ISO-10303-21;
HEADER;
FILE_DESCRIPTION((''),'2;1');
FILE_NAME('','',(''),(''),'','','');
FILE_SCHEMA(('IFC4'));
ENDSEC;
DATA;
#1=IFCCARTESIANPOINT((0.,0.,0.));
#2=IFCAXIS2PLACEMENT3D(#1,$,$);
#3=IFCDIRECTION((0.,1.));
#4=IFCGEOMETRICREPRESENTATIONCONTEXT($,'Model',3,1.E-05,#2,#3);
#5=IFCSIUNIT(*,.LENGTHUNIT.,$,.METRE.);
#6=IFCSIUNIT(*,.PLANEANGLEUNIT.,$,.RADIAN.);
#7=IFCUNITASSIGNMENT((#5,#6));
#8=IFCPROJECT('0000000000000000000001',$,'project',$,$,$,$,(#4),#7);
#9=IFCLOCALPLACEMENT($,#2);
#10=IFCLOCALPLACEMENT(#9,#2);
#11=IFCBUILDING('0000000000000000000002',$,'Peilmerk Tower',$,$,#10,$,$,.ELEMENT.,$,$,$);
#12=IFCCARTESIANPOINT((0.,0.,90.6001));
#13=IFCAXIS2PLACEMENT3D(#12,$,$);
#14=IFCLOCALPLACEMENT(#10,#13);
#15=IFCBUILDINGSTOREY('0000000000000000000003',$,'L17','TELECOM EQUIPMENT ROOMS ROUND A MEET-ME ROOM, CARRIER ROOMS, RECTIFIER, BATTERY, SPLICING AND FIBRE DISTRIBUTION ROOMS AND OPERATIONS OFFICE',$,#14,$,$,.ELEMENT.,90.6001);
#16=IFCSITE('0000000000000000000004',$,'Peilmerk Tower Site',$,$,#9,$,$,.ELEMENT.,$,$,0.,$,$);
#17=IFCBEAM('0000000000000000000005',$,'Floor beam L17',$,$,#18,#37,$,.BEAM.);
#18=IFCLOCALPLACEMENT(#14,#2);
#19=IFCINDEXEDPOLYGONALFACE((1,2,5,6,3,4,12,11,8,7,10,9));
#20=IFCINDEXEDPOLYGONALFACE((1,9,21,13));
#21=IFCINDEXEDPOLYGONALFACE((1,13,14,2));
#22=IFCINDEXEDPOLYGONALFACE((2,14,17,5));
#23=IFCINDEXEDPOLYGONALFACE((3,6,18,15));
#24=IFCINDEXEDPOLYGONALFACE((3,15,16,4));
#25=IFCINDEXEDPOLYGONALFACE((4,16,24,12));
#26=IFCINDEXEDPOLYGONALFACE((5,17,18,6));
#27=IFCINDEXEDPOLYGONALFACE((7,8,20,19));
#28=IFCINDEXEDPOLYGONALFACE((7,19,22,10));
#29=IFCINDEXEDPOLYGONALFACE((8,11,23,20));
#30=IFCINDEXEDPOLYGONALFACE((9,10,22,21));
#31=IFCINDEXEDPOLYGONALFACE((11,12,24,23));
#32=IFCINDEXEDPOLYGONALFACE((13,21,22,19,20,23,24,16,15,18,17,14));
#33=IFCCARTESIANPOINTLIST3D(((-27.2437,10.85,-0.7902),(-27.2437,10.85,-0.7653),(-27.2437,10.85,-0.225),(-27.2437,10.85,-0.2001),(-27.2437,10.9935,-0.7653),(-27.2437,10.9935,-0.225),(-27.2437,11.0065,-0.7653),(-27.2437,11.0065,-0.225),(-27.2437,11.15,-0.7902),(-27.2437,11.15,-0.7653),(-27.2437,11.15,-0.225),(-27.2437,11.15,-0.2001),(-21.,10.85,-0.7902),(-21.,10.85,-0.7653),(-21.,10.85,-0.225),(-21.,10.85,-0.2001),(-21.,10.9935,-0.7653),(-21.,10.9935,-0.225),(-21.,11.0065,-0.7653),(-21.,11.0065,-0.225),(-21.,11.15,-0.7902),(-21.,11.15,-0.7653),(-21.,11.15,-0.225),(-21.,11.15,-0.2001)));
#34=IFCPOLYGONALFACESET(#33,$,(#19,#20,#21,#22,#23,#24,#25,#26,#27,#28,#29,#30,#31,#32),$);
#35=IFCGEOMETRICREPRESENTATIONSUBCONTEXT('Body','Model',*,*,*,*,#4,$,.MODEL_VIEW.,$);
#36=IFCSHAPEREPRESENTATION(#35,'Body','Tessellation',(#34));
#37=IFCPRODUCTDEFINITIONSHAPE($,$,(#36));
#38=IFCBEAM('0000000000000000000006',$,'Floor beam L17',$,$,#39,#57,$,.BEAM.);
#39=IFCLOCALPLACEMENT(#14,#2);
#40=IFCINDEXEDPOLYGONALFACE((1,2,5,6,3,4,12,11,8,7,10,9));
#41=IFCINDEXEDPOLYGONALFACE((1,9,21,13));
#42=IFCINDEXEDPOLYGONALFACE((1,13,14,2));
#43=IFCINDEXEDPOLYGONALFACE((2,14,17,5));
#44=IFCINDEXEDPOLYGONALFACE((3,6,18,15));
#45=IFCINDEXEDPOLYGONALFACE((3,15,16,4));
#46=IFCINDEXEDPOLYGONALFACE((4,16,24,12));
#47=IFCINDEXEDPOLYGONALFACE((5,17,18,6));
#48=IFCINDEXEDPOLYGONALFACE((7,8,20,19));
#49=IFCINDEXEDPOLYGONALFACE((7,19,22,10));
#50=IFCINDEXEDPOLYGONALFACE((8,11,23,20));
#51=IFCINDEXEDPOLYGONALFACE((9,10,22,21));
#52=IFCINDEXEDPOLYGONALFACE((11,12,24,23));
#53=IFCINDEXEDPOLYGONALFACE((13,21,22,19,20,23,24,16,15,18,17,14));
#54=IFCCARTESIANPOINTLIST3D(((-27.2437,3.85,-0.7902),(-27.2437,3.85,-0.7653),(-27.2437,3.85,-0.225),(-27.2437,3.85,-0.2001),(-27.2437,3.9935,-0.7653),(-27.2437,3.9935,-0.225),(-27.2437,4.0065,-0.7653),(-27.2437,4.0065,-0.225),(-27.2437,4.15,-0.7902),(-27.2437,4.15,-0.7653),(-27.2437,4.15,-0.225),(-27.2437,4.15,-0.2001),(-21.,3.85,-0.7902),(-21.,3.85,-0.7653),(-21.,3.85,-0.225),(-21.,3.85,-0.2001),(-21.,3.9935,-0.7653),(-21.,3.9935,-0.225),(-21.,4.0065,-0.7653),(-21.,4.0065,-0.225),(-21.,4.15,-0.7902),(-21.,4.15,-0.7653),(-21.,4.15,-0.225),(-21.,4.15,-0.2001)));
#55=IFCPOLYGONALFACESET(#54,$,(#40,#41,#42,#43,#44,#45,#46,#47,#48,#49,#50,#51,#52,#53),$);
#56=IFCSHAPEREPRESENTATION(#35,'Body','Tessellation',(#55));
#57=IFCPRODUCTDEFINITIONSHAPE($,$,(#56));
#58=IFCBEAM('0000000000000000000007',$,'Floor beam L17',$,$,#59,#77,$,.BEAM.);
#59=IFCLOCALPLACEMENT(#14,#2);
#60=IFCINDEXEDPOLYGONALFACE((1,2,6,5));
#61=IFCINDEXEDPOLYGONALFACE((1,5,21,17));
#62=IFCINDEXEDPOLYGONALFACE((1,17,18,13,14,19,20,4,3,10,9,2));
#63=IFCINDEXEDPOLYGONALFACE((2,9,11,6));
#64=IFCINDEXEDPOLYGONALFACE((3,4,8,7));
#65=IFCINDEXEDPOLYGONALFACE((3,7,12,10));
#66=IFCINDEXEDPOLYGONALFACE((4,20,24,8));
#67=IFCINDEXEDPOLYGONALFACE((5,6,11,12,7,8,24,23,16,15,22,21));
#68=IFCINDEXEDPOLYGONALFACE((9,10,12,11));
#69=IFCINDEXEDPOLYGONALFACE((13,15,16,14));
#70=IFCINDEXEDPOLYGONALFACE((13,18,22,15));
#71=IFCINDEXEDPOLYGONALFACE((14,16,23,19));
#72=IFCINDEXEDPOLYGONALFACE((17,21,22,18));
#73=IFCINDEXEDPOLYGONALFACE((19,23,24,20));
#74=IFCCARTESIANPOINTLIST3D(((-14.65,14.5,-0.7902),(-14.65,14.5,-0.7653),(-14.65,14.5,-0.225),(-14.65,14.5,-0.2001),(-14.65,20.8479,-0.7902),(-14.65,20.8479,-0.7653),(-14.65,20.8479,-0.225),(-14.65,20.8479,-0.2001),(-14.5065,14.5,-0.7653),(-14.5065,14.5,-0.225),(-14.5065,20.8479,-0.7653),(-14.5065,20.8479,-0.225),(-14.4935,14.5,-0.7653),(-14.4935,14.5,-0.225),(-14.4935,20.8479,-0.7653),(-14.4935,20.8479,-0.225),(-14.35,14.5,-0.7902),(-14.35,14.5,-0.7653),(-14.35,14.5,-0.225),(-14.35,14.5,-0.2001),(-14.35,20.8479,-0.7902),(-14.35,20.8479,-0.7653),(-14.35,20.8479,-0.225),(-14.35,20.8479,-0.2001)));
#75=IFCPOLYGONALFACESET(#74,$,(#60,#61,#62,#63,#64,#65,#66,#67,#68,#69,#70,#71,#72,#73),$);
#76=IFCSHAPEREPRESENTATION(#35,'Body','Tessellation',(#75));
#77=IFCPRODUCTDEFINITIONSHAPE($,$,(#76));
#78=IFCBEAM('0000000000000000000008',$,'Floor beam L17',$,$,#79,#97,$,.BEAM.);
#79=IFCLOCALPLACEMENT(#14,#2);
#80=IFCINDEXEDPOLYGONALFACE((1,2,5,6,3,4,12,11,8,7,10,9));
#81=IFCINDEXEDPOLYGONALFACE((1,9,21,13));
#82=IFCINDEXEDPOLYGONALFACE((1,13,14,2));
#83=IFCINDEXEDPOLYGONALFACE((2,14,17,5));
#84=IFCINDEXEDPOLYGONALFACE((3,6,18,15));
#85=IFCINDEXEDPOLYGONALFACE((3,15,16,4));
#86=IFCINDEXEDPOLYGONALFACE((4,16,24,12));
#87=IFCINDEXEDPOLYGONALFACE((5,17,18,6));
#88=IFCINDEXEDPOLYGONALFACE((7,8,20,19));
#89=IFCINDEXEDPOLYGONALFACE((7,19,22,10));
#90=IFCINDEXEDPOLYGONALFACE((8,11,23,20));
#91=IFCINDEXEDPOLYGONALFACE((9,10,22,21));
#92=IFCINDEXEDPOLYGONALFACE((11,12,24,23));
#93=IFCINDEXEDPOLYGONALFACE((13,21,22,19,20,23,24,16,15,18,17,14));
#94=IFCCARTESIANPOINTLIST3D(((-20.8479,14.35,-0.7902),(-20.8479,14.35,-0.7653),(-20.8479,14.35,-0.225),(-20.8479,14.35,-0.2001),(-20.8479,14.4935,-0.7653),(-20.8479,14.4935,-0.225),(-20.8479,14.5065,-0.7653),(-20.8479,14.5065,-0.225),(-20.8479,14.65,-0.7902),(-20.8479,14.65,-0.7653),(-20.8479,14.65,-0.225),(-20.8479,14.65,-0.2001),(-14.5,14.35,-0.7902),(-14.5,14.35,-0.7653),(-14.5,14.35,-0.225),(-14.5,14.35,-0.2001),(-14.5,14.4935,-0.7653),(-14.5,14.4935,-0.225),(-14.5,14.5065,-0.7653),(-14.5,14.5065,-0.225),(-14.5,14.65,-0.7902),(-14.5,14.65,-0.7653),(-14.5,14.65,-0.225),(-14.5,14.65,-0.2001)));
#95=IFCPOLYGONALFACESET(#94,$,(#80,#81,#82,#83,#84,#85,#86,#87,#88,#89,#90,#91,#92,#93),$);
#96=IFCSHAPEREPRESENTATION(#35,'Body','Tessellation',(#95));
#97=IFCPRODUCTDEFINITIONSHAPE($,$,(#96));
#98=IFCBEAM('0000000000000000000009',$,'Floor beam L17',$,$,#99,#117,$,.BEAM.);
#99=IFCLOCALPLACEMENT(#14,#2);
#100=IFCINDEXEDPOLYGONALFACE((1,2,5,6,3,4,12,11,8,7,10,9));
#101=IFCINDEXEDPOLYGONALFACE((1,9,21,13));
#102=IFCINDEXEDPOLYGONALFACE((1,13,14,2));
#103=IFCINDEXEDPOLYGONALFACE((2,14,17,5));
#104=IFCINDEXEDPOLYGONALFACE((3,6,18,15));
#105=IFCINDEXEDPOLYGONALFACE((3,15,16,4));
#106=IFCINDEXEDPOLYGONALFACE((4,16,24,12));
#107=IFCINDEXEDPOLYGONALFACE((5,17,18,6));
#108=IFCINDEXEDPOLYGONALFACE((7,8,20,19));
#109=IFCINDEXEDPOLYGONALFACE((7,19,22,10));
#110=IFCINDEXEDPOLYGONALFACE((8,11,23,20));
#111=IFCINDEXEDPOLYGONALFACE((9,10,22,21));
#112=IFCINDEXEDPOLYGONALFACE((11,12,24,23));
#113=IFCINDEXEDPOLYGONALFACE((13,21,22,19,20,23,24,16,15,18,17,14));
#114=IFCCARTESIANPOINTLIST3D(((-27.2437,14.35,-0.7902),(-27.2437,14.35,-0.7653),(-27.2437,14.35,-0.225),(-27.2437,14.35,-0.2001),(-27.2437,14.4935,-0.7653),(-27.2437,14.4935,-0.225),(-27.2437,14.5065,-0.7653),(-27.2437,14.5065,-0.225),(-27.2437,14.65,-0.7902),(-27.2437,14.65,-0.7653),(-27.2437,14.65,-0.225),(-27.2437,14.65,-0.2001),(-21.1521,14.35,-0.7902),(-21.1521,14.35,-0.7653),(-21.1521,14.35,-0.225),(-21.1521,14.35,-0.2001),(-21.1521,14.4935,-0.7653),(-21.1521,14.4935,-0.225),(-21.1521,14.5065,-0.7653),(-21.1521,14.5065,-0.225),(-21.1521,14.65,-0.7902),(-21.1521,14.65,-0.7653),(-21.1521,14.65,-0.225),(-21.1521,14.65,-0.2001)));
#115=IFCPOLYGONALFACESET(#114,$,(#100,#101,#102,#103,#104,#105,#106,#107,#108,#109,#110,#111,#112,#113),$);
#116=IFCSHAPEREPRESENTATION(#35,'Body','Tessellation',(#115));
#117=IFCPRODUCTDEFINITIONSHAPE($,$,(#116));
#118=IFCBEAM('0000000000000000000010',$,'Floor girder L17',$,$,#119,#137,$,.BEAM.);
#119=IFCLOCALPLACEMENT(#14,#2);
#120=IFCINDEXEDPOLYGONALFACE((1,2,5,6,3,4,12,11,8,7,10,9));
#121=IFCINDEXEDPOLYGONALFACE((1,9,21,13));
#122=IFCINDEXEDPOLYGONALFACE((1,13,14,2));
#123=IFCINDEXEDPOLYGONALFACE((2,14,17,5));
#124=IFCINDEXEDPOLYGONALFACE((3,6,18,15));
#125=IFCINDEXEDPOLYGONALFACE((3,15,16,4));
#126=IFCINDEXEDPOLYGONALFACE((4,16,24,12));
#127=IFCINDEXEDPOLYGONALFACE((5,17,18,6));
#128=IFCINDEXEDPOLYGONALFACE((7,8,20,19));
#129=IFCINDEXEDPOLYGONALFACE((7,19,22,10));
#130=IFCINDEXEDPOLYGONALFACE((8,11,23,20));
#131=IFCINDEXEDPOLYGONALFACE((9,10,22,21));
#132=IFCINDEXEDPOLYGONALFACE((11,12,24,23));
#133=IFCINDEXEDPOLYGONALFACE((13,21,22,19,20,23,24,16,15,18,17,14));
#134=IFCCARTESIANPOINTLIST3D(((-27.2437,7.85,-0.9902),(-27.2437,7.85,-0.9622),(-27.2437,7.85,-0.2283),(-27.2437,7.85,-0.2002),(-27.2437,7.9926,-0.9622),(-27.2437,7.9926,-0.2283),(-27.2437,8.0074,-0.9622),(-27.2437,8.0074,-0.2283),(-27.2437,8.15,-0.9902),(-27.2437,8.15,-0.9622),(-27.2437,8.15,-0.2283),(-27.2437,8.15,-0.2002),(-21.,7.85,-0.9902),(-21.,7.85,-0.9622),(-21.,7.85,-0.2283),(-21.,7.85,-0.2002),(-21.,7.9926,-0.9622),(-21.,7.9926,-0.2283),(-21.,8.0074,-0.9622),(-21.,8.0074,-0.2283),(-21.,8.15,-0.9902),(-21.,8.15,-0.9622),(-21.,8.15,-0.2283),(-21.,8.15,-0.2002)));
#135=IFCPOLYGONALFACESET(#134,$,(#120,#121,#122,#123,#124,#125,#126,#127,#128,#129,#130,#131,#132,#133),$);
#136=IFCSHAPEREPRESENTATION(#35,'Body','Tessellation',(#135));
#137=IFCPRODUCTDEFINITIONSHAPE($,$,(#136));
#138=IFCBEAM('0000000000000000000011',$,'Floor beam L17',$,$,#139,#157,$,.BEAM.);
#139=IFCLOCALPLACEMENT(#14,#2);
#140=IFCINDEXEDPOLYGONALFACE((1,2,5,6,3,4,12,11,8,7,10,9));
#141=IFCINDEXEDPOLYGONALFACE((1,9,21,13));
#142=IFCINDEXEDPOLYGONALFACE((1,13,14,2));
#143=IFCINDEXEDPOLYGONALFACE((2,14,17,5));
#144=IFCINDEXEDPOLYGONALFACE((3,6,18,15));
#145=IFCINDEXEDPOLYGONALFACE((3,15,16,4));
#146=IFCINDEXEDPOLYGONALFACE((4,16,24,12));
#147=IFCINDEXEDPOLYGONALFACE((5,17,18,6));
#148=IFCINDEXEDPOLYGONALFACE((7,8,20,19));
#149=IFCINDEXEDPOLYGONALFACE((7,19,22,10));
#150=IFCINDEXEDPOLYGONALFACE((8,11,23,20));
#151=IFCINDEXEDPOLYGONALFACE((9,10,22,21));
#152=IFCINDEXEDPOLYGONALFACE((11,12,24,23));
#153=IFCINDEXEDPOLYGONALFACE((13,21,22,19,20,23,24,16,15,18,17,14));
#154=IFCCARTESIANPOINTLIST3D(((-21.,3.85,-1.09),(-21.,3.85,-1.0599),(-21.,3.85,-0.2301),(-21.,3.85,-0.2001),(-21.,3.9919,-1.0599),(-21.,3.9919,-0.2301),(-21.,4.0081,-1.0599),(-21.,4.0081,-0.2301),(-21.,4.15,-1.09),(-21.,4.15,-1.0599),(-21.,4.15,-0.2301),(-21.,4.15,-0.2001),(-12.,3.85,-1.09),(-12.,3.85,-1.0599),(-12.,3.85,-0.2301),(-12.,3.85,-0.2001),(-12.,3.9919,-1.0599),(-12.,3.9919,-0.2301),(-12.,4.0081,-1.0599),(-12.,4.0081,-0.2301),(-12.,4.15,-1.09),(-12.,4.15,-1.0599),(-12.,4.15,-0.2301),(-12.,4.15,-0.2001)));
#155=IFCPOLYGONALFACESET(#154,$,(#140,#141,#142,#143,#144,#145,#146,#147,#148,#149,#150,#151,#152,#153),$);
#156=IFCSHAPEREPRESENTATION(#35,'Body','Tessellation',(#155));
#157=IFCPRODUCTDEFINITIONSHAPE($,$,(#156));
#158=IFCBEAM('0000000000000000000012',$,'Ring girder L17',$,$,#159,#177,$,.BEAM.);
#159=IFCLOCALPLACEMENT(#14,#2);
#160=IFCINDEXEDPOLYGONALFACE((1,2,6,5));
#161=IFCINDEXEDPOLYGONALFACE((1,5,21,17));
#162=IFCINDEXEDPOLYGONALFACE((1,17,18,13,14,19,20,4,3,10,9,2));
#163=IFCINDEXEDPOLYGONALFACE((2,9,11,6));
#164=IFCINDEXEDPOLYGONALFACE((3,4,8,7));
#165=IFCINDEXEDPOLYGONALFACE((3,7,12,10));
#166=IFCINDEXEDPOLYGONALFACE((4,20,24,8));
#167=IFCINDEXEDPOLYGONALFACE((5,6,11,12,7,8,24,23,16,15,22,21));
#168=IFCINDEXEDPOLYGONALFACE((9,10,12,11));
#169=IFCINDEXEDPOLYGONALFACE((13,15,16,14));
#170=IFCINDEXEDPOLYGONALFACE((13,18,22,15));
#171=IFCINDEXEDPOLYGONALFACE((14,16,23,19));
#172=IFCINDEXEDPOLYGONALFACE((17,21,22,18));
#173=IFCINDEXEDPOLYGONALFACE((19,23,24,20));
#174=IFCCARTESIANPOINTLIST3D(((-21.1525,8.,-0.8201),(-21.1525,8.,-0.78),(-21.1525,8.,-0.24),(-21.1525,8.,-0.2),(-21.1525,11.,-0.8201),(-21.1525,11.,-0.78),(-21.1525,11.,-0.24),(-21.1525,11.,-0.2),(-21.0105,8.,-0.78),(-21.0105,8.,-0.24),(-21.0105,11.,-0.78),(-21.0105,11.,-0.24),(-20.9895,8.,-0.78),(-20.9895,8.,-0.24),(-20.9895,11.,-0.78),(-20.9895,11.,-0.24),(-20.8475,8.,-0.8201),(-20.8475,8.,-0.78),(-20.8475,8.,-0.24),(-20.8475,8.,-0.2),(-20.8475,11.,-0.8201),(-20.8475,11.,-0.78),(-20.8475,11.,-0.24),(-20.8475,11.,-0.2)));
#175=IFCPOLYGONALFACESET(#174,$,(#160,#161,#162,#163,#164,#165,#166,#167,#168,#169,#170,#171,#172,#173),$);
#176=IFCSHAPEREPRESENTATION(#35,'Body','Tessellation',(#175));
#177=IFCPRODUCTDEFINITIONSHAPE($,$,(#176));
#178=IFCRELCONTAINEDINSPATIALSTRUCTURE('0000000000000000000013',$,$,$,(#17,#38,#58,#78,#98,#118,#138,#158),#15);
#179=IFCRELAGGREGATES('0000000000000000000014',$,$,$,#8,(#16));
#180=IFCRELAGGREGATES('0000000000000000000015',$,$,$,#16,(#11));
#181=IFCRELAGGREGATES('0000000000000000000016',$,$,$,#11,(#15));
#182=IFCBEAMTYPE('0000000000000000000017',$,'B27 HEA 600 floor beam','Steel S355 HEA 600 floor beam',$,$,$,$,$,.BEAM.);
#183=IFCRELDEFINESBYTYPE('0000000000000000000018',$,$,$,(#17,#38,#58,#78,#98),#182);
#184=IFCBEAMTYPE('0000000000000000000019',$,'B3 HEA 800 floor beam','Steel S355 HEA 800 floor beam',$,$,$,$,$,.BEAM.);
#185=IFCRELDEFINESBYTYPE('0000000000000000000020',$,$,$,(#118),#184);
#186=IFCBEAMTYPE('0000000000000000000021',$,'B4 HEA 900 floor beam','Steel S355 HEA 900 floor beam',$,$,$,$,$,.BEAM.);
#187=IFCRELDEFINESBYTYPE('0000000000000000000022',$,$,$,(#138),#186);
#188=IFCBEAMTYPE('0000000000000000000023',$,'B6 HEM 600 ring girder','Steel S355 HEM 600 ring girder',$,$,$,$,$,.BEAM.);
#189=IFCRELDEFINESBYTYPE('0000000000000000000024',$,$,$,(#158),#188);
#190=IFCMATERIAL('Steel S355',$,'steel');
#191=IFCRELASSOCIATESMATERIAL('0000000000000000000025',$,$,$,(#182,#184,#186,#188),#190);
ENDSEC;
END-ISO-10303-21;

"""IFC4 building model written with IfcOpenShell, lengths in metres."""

from ifc_helpers import new_model, si_unit, direction, frame, origin, origin_2d, place, context, subcontext, project, spatial, i_section, extrude, material, material_profile, profile_set, type_object, element, save


model = new_model("IFC4")

# Units and contexts
model_context = context("Model", 3, precision=1e-05, world=origin(), true_north=direction((0.0, 1.0)))
body_context = subcontext(model_context, "Body", "Model", "MODEL_VIEW")
ifc_project = project(units=[si_unit("LENGTHUNIT", "METRE"), si_unit("PLANEANGLEUNIT", "RADIAN")], contexts=[model_context])

# Site, building, storey
site_placement = place(None, origin())
site = spatial("IfcSite", under=ifc_project, at=site_placement, Name="Peilmerk Tower Site", CompositionType="ELEMENT", RefElevation=0.0)
building_placement = place(site_placement, origin())
building = spatial("IfcBuilding", under=site, at=building_placement, Name="Peilmerk Tower", CompositionType="ELEMENT")
storey_placement = place(building_placement, frame((0.0, 0.0, 90.6001)))
storey = spatial("IfcBuildingStorey", under=building, at=storey_placement, Name="L17", Description="TELECOM EQUIPMENT ROOMS ROUND A MEET-ME ROOM, CARRIER ROOMS, RECTIFIER, BATTERY, SPLICING AND FIBRE DISTRIBUTION ROOMS AND OPERATIONS OFFICE", CompositionType="ELEMENT", Elevation=90.6001)

# Beams
ifc_material_1 = material(Name="Steel S355", Category="steel")
ifc_material_profile_1 = material_profile(ifc_material_1, i_section(OverallWidth=0.3, OverallDepth=0.5901, WebThickness=0.0129, FlangeThickness=0.0249, at=origin_2d()), Name="HEA 600")
ifc_profile_set_1 = profile_set([ifc_material_profile_1], Name="Steel S355")
beam_type_1 = type_object("IfcBeamType", Name="B27 HEA 600 floor beam", Description="Steel S355 HEA 600 floor beam", PredefinedType="BEAM", material=ifc_profile_set_1)
for number, where, z_axis, x_axis, name in (
    (1, (-21.0, 11.0, -0.4951), (-1.0, 0.0, 0.0), (0.0, -1.0, 0.0), "Floor beam L17"),
    (2, (-21.0, 4.0, -0.4951), (-1.0, 0.0, 0.0), (0.0, -1.0, 0.0), "Floor beam L17"),
):
    element("IfcBeam", number, at=place(storey_placement, frame(where, z_axis=z_axis, x_axis=x_axis)), inside=storey, type_object=beam_type_1, Name=name, PredefinedType="BEAM", context=body_context, shape_type="SweptSolid", body=[
        extrude(i_section(OverallWidth=0.3, OverallDepth=0.5901, WebThickness=0.0129, FlangeThickness=0.0249, at=origin_2d()), origin(), (0.0, 0.0, 1.0), 6.2437),
    ])
for number, where, z_axis, x_axis, name in (
    (3, (-14.5, 14.5, -0.4951), (0.0, 1.0, 0.0), (-1.0, 0.0, 0.0), "Floor beam L17"),
    (4, (-14.5, 14.5, -0.4951), (-1.0, 0.0, 0.0), (0.0, -1.0, 0.0), "Floor beam L17"),
):
    element("IfcBeam", number, at=place(storey_placement, frame(where, z_axis=z_axis, x_axis=x_axis)), inside=storey, type_object=beam_type_1, Name=name, PredefinedType="BEAM", context=body_context, shape_type="SweptSolid", body=[
        extrude(i_section(OverallWidth=0.3, OverallDepth=0.5901, WebThickness=0.0129, FlangeThickness=0.0249, at=origin_2d()), origin(), (0.0, 0.0, 1.0), 6.3479),
    ])
beam_1_placement = place(storey_placement, frame((-21.1521, 14.5, -0.4951), z_axis=(-1.0, 0.0, 0.0), x_axis=(0.0, -1.0, 0.0)))
element("IfcBeam", 5, at=beam_1_placement, inside=storey, type_object=beam_type_1, Name="Floor beam L17", PredefinedType="BEAM", context=body_context, shape_type="SweptSolid", body=[
    extrude(i_section(OverallWidth=0.3, OverallDepth=0.5901, WebThickness=0.0129, FlangeThickness=0.0249, at=origin_2d()), origin(), (0.0, 0.0, 1.0), 6.0916),
])
ifc_material_profile_2 = material_profile(ifc_material_1, i_section(OverallWidth=0.3, OverallDepth=0.79, WebThickness=0.0149, FlangeThickness=0.0281, at=origin_2d()), Name="HEA 800")
ifc_profile_set_2 = profile_set([ifc_material_profile_2], Name="Steel S355")
beam_type_2 = type_object("IfcBeamType", Name="B3 HEA 800 floor beam", Description="Steel S355 HEA 800 floor beam", PredefinedType="BEAM", material=ifc_profile_set_2)
beam_2_placement = place(storey_placement, frame((-21.0, 8.0, -0.5952), z_axis=(-1.0, 0.0, 0.0), x_axis=(0.0, -1.0, 0.0)))
element("IfcBeam", 6, at=beam_2_placement, inside=storey, type_object=beam_type_2, Name="Floor girder L17", PredefinedType="BEAM", context=body_context, shape_type="SweptSolid", body=[
    extrude(i_section(OverallWidth=0.3, OverallDepth=0.79, WebThickness=0.0149, FlangeThickness=0.0281, at=origin_2d()), origin(), (0.0, 0.0, 1.0), 6.2437),
])
ifc_material_profile_3 = material_profile(ifc_material_1, i_section(OverallWidth=0.3, OverallDepth=0.8899, WebThickness=0.0161, FlangeThickness=0.03, at=origin_2d()), Name="HEA 900")
ifc_profile_set_3 = profile_set([ifc_material_profile_3], Name="Steel S355")
beam_type_3 = type_object("IfcBeamType", Name="B4 HEA 900 floor beam", Description="Steel S355 HEA 900 floor beam", PredefinedType="BEAM", material=ifc_profile_set_3)
beam_3_placement = place(storey_placement, frame((-12.0, 4.0, -0.645), z_axis=(-1.0, 0.0, 0.0), x_axis=(0.0, -1.0, 0.0)))
element("IfcBeam", 7, at=beam_3_placement, inside=storey, type_object=beam_type_3, Name="Floor beam L17", PredefinedType="BEAM", context=body_context, shape_type="SweptSolid", body=[
    extrude(i_section(OverallWidth=0.3, OverallDepth=0.8899, WebThickness=0.0161, FlangeThickness=0.03, at=origin_2d()), origin(), (0.0, 0.0, 1.0), 9.0),
])
ifc_material_profile_4 = material_profile(ifc_material_1, i_section(OverallWidth=0.3049, OverallDepth=0.6201, WebThickness=0.021, FlangeThickness=0.04, at=origin_2d()), Name="HEM 600")
ifc_profile_set_4 = profile_set([ifc_material_profile_4], Name="Steel S355")
beam_type_4 = type_object("IfcBeamType", Name="B6 HEM 600 ring girder", Description="Steel S355 HEM 600 ring girder", PredefinedType="BEAM", material=ifc_profile_set_4)
beam_4_placement = place(storey_placement, frame((-21.0, 11.0, -0.51), z_axis=(0.0, -1.0, 0.0), x_axis=(1.0, 0.0, 0.0)))
element("IfcBeam", 8, at=beam_4_placement, inside=storey, type_object=beam_type_4, Name="Ring girder L17", PredefinedType="BEAM", context=body_context, shape_type="SweptSolid", body=[
    extrude(i_section(OverallWidth=0.3049, OverallDepth=0.6201, WebThickness=0.021, FlangeThickness=0.04, at=origin_2d()), origin(), (0.0, 0.0, 1.0), 3.0),
])

save(model, "model.ifc")
